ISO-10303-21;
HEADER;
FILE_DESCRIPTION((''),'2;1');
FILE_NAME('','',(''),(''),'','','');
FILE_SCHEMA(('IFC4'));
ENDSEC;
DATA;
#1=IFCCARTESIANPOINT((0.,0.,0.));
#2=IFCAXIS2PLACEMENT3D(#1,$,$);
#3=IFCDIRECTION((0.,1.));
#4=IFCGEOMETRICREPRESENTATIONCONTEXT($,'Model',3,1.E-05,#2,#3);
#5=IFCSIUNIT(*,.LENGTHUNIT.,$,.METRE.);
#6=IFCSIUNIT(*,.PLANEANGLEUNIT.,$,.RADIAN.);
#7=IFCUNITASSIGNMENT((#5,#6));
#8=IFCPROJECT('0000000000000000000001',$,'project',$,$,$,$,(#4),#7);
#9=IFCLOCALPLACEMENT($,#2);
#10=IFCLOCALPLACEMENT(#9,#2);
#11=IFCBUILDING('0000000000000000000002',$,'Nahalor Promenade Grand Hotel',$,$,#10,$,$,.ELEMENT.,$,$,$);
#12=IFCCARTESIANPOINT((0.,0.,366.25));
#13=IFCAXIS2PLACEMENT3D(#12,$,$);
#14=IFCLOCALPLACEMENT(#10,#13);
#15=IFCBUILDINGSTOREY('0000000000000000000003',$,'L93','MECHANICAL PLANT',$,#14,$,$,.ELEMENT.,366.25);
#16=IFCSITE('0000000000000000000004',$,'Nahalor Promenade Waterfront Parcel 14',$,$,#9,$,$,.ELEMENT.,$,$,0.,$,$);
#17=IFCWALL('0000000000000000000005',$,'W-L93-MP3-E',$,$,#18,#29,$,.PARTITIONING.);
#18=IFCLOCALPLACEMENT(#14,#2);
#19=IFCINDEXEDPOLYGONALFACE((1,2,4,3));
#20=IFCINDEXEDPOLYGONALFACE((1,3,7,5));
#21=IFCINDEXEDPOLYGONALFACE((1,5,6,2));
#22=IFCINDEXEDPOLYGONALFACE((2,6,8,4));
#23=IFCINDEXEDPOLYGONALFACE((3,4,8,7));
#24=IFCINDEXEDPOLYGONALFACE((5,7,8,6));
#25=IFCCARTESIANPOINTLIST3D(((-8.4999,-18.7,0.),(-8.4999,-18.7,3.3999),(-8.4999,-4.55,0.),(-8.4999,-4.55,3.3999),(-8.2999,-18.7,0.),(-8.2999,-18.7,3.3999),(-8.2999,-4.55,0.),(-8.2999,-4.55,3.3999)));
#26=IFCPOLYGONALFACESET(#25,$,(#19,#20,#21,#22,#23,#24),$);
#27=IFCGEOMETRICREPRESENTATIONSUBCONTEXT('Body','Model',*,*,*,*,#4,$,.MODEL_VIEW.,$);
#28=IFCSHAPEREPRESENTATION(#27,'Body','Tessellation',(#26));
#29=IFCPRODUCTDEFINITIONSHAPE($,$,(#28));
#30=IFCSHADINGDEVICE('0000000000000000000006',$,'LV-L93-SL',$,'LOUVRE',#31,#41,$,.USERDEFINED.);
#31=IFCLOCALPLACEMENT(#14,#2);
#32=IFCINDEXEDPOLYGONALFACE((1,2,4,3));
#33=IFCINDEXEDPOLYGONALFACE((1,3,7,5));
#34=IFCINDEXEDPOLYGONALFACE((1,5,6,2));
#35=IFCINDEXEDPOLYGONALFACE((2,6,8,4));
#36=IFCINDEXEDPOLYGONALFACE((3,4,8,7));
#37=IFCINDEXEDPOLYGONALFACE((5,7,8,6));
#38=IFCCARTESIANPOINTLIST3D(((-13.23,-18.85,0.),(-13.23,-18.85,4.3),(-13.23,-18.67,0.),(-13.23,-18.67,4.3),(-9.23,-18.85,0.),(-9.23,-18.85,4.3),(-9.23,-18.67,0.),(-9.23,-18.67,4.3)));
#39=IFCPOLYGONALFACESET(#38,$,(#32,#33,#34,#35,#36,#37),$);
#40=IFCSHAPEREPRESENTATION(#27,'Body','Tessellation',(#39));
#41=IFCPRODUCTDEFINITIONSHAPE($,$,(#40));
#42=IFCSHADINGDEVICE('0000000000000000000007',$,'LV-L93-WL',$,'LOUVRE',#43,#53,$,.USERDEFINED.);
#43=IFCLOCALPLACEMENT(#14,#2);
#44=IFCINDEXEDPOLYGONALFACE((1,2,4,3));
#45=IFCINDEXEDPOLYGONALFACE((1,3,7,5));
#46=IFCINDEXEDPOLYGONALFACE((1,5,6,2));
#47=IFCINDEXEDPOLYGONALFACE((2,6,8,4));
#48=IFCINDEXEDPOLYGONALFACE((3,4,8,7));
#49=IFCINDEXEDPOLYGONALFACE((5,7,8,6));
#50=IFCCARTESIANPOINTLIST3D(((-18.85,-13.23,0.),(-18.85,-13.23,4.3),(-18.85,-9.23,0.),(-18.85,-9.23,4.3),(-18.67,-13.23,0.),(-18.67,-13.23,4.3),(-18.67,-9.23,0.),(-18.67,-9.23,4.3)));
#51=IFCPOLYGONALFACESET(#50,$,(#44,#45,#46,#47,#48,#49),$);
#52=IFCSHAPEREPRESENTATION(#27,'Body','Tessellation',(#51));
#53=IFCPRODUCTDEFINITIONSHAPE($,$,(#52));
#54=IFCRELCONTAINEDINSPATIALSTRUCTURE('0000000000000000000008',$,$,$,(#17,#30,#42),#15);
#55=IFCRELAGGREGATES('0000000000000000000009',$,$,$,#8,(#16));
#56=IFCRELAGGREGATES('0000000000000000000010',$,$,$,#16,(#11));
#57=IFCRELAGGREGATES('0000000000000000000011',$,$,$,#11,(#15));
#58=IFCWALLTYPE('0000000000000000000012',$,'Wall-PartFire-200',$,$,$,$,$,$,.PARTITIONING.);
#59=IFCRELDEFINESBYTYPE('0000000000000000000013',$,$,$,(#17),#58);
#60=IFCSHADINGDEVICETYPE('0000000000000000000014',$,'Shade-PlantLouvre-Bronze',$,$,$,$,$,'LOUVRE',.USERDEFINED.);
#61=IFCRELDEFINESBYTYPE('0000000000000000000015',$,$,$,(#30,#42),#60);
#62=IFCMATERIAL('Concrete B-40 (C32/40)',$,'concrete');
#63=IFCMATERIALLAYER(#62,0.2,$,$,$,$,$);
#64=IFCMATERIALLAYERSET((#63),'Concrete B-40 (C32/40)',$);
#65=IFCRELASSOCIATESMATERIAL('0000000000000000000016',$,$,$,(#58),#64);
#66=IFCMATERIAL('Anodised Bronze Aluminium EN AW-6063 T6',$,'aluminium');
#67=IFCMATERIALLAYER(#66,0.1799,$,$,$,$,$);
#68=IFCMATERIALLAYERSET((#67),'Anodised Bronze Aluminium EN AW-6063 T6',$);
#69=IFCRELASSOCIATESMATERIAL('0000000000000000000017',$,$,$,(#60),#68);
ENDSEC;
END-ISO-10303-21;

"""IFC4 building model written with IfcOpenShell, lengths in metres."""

from ifc_helpers import new_model, si_unit, direction, frame, frame_2d, origin, origin_2d, place, context, subcontext, project, spatial, rectangle, extrude, source, transform, mapped, material, layer, layer_set, type_object, element, save


model = new_model("IFC4")

# Units and contexts
model_context = context("Model", 3, precision=1e-05, world=origin(), true_north=direction((0.0, 1.0)))
body_context = subcontext(model_context, "Body", "Model", "MODEL_VIEW")
ifc_project = project(units=[si_unit("LENGTHUNIT", "METRE"), si_unit("PLANEANGLEUNIT", "RADIAN")], contexts=[model_context])

# Site, building, storey
site_placement = place(None, origin())
site = spatial("IfcSite", under=ifc_project, at=site_placement, Name="Nahalor Promenade Waterfront Parcel 14", CompositionType="ELEMENT", RefElevation=0.0)
building_placement = place(site_placement, origin())
building = spatial("IfcBuilding", under=site, at=building_placement, Name="Nahalor Promenade Grand Hotel", CompositionType="ELEMENT")
storey_placement = place(building_placement, frame((0.0, 0.0, 366.25)))
storey = spatial("IfcBuildingStorey", under=building, at=storey_placement, Name="L93", Description="MECHANICAL PLANT", CompositionType="ELEMENT", Elevation=366.25)

# Shared definitions
ifc_material_1 = material(Name="Anodised Bronze Aluminium EN AW-6063 T6", Category="aluminium")

# Wall
ifc_material_2 = material(Name="Concrete B-40 (C32/40)", Category="concrete")
ifc_layer_1 = layer(ifc_material_2, 0.2)
ifc_layer_set_1 = layer_set([ifc_layer_1], Name="Concrete B-40 (C32/40)")
wall_type_1 = type_object("IfcWallType", Name="Wall-PartFire-200", PredefinedType="PARTITIONING", material=ifc_layer_set_1)
shared_shape_1 = source(origin(), body_context, "Body", "SweptSolid", [
    extrude(rectangle(XDim=14.1499, YDim=0.2, at=frame_2d((7.075, 0.0))), origin(), (0.0, 0.0, 1.0), 3.3999),
])
wall_placement = place(storey_placement, frame((-8.3999, -18.7, 0.0), z_axis=(0.0, 0.0, 1.0), x_axis=(0.0, 1.0, 0.0)))
element("IfcWall", 1, at=wall_placement, inside=storey, type_object=wall_type_1, Name="W-L93-MP3-E", PredefinedType="PARTITIONING", context=body_context, shape_type="MappedRepresentation", body=[
    mapped(shared_shape_1, transform((0.0, 0.0, 0.0), scale=1.0)),
])

# Shading devices
ifc_layer_2 = layer(ifc_material_1, 0.1799)
ifc_layer_set_2 = layer_set([ifc_layer_2], Name="Anodised Bronze Aluminium EN AW-6063 T6")
shading_device_type = type_object("IfcShadingDeviceType", Name="Shade-PlantLouvre-Bronze", ElementType="LOUVRE", PredefinedType="USERDEFINED", material=ifc_layer_set_2)
shared_shape_2 = source(origin(), body_context, "Body", "SweptSolid", [
    extrude(rectangle(XDim=4.0, YDim=0.1799, at=origin_2d()), origin(), (0.0, 0.0, 1.0), 4.3),
])
for number, where, z_axis, x_axis, name in (
    (2, (-11.23, -18.76, 0.0), (0.0, 0.0, 1.0), (1.0, 0.0, 0.0), "LV-L93-SL"),
    (3, (-18.76, -11.23, 0.0), (0.0, 0.0, 1.0), (0.0, 1.0, 0.0), "LV-L93-WL"),
):
    element("IfcShadingDevice", number, at=place(storey_placement, frame(where, z_axis=z_axis, x_axis=x_axis)), inside=storey, type_object=shading_device_type, Name=name, ObjectType="LOUVRE", PredefinedType="USERDEFINED", context=body_context, shape_type="MappedRepresentation", body=[
        mapped(shared_shape_2, transform((0.0, 0.0, 0.0), scale=1.0)),
    ])

save(model, "model.ifc")
